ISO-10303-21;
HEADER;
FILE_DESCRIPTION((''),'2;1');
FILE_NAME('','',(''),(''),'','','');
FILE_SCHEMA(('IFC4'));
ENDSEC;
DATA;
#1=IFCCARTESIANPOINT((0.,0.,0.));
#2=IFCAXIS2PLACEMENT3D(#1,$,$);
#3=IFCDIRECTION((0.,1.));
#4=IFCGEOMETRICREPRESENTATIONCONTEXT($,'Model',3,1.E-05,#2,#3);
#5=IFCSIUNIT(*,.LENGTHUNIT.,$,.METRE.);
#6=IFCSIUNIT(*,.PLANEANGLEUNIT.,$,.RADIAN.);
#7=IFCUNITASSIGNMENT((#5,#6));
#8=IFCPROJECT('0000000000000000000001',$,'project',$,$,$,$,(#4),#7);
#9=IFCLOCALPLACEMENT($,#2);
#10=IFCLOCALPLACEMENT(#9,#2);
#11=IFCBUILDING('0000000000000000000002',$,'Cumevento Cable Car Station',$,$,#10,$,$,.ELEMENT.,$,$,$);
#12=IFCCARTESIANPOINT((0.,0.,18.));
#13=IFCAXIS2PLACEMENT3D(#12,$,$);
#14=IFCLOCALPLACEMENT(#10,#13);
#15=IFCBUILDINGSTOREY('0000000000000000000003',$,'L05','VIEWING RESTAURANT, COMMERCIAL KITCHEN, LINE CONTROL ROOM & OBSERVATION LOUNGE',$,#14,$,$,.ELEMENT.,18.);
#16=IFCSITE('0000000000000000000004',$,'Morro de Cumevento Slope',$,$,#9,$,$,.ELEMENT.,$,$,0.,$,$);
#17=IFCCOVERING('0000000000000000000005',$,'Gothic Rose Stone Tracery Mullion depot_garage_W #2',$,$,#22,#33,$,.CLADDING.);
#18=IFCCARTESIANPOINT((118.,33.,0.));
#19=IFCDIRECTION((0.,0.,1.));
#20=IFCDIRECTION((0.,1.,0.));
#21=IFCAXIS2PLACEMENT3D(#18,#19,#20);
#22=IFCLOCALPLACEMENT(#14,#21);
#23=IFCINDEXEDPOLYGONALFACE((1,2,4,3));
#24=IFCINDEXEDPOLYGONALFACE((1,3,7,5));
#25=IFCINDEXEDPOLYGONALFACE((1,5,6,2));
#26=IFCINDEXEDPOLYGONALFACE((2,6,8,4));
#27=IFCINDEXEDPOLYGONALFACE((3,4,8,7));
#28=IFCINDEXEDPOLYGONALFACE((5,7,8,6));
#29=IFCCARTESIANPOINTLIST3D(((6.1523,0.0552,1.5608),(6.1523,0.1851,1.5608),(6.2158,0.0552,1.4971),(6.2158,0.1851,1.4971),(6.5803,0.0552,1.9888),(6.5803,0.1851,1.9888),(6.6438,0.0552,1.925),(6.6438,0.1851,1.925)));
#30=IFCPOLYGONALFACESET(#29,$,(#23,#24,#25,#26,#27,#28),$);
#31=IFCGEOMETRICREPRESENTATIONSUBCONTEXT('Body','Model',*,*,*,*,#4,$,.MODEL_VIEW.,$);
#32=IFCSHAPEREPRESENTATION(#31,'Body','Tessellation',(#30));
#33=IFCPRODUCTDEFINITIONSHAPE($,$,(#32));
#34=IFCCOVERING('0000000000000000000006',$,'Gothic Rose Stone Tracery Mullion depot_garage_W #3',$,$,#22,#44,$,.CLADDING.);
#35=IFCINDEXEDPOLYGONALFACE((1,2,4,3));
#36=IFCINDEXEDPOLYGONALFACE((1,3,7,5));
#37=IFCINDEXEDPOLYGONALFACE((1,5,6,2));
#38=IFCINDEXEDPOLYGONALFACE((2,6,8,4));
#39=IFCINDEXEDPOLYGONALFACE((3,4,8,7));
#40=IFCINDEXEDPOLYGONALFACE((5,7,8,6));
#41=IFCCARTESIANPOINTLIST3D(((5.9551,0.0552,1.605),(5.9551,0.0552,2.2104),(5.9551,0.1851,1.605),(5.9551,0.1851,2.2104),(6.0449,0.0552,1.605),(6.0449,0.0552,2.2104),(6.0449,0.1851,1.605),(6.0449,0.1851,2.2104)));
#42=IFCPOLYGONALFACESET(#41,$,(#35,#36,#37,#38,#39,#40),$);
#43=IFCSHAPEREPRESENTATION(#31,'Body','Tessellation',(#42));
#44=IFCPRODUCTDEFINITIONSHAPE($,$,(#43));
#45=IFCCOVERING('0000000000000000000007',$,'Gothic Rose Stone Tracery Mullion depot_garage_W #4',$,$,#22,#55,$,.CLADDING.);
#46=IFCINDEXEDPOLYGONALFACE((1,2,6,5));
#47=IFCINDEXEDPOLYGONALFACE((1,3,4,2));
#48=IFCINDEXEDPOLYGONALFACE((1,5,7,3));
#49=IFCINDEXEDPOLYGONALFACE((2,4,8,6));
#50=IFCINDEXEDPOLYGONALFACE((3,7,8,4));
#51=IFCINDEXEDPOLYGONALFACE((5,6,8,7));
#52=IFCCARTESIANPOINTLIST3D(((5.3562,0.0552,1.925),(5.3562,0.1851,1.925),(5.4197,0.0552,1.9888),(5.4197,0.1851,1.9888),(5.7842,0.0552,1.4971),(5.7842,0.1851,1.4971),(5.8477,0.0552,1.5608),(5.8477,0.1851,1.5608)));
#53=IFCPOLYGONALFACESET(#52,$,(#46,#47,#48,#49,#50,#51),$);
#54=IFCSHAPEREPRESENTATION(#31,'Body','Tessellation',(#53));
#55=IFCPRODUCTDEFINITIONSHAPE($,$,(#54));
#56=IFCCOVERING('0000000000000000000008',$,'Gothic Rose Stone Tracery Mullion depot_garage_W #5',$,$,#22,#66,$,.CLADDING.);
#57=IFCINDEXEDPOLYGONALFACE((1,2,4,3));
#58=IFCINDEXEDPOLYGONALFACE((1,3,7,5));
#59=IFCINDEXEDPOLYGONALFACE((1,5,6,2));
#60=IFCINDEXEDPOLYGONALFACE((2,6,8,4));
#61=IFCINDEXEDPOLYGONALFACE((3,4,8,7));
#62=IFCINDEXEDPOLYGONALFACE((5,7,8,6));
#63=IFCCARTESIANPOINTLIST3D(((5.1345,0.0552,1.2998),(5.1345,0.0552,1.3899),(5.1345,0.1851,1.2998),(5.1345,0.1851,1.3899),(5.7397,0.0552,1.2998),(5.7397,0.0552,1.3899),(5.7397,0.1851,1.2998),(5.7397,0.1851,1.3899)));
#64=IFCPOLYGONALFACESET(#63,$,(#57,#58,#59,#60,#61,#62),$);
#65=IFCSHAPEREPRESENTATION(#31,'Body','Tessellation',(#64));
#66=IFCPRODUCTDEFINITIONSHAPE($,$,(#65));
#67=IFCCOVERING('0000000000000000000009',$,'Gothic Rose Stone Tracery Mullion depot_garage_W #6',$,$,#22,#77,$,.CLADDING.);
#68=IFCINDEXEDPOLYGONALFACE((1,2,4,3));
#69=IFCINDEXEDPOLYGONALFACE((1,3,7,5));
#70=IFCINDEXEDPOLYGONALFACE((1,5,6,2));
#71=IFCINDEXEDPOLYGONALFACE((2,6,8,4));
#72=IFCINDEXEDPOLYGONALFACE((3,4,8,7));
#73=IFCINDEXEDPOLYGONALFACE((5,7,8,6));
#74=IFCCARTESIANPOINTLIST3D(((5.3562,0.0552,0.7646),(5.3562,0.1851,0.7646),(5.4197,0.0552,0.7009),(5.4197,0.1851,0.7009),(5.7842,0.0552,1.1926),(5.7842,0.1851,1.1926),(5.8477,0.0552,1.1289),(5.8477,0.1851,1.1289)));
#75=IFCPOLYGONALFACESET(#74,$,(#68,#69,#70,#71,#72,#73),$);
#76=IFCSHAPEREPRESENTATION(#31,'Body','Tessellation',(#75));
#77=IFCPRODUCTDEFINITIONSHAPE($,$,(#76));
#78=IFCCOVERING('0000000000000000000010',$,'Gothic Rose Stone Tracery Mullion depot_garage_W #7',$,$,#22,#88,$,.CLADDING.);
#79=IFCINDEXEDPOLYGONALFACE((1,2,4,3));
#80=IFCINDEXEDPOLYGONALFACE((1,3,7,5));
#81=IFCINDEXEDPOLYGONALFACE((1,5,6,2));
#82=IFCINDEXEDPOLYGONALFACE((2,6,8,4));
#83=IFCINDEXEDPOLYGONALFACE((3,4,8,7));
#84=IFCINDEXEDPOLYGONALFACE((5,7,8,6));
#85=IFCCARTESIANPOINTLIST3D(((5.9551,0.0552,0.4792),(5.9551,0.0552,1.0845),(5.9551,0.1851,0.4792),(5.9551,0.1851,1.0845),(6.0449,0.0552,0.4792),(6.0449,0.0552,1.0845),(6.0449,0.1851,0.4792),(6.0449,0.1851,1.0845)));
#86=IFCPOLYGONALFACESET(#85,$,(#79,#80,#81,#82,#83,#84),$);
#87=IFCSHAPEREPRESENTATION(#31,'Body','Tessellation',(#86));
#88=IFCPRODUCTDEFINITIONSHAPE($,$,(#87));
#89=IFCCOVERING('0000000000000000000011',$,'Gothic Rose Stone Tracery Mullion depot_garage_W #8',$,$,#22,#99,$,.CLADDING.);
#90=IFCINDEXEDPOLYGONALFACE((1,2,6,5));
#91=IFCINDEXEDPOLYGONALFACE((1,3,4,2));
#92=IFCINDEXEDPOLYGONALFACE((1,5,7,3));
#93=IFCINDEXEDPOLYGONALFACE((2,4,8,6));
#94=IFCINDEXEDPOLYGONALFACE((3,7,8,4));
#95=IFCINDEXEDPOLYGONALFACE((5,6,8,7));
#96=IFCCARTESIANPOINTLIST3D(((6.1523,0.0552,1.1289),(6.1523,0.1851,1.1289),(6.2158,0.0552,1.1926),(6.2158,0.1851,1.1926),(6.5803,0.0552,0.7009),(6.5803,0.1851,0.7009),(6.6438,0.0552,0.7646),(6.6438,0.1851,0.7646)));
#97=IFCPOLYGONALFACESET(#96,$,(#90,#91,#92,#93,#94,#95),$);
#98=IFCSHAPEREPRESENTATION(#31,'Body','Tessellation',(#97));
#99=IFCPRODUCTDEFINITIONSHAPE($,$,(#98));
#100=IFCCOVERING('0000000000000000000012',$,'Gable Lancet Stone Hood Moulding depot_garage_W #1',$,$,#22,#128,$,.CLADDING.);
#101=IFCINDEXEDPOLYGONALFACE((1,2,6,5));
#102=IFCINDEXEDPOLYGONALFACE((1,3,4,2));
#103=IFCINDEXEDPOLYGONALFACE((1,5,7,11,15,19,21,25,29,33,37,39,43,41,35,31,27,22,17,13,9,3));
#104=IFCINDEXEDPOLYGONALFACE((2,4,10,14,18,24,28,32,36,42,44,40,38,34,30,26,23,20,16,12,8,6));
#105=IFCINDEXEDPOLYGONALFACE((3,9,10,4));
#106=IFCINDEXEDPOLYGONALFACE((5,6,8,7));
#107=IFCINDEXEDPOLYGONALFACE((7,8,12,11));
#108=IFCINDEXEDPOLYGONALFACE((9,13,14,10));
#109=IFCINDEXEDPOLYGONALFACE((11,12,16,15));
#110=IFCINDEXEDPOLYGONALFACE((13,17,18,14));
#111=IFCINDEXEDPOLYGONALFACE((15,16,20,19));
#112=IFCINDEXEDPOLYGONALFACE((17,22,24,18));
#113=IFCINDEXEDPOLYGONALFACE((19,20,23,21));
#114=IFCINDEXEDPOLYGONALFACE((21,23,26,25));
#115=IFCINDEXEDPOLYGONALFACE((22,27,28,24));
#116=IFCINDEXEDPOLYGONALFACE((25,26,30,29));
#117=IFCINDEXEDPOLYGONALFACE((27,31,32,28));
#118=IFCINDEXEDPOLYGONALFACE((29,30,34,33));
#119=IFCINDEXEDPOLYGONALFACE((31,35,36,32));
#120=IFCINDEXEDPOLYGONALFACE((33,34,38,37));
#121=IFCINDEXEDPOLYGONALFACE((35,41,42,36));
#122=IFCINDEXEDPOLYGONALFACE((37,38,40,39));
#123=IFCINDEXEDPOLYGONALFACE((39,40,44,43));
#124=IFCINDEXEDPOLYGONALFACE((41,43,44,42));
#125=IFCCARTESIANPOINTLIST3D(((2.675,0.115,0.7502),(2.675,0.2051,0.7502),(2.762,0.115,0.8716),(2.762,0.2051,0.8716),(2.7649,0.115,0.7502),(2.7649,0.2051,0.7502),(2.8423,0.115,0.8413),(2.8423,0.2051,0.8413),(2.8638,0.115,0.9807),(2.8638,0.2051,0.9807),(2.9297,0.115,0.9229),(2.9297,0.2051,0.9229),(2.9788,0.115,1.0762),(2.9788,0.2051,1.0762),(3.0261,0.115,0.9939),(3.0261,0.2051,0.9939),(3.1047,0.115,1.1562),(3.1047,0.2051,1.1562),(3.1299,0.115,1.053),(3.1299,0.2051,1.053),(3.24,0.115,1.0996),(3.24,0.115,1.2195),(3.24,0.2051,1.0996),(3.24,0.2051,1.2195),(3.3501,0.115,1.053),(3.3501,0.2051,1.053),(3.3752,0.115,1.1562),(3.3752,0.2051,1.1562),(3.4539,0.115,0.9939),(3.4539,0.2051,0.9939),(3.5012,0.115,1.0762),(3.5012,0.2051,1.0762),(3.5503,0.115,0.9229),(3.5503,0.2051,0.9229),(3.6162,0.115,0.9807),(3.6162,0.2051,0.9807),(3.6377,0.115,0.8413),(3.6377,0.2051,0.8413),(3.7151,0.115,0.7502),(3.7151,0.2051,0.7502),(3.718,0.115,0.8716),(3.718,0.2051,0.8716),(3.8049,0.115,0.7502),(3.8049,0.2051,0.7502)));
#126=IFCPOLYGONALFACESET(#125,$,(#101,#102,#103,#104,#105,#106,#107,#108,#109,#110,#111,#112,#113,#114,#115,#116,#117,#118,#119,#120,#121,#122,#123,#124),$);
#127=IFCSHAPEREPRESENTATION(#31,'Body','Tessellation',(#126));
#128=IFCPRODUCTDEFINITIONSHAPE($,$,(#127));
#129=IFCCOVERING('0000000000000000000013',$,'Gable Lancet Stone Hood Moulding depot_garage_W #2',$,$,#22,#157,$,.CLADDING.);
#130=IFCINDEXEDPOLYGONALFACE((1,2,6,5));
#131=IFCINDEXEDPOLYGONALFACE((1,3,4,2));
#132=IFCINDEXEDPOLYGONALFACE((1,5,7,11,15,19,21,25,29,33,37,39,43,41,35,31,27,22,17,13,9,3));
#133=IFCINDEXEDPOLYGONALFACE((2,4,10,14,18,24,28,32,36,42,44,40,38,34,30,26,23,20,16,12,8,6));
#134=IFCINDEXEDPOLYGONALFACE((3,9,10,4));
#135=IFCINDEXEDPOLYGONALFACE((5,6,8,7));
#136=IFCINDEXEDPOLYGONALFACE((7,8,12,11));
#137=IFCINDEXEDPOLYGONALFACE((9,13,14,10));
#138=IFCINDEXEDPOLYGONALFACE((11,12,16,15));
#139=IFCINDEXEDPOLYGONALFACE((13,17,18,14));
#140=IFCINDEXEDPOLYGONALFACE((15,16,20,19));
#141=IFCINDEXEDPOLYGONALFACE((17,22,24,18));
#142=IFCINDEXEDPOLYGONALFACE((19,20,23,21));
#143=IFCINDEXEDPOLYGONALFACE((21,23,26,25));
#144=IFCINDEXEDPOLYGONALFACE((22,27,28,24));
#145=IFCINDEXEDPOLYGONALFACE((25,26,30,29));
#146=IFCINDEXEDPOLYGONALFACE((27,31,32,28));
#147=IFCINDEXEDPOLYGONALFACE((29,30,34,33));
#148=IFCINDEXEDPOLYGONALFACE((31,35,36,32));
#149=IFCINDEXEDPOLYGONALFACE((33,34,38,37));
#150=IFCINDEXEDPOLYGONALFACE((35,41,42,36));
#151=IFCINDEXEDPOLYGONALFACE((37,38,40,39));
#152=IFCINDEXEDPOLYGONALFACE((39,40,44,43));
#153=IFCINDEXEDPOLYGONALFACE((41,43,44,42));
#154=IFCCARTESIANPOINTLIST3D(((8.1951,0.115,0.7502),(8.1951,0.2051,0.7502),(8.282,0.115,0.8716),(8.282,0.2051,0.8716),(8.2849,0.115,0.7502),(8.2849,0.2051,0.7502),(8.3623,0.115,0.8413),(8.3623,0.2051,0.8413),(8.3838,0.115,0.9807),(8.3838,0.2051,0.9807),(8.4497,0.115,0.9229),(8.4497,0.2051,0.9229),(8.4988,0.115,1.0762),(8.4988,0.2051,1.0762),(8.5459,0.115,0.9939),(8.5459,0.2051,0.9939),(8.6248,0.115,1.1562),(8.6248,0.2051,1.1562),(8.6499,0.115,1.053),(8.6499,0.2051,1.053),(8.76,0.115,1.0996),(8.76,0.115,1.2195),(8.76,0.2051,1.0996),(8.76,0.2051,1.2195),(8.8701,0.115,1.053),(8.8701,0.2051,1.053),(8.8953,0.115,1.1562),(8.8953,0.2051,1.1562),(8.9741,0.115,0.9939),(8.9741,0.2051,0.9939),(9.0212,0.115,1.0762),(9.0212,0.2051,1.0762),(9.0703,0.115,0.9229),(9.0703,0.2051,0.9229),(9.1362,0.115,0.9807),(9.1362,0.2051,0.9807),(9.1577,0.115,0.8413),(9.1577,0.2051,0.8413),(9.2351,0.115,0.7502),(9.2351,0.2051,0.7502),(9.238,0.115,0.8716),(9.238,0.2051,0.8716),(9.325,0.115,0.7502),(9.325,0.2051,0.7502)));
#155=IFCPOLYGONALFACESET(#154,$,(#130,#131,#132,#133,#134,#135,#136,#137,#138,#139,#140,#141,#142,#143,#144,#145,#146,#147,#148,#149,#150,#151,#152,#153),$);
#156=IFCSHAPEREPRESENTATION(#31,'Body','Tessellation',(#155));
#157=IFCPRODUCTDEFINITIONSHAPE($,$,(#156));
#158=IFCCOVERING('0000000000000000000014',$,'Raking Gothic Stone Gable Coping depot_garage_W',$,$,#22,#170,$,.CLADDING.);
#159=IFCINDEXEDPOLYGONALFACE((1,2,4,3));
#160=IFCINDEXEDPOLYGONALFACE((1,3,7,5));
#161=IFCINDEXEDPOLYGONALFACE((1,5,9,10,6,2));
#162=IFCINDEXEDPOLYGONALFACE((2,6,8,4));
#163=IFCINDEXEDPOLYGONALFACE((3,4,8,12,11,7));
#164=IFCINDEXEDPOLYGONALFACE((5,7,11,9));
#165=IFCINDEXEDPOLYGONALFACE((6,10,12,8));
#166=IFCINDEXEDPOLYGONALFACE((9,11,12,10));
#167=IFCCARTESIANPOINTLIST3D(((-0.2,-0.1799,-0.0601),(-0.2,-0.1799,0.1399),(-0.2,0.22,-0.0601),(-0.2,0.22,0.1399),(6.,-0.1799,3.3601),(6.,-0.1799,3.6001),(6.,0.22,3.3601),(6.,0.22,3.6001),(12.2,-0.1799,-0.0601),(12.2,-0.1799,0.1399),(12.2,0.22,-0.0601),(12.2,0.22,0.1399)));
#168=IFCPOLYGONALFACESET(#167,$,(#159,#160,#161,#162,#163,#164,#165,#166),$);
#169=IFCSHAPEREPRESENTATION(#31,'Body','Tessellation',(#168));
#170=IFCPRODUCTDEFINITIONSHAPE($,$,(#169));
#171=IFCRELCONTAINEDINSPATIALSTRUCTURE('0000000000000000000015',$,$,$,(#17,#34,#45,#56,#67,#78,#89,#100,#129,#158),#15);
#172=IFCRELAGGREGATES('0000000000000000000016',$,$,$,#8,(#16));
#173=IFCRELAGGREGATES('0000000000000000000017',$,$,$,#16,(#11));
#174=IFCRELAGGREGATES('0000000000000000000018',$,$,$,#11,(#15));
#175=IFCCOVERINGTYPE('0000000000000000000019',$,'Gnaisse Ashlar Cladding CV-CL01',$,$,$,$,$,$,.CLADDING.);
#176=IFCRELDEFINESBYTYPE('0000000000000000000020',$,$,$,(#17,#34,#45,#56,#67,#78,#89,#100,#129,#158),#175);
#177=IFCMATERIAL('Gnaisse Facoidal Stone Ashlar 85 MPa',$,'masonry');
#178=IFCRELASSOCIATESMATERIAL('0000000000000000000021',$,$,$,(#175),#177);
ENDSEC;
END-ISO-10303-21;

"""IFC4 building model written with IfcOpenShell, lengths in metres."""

from ifc_helpers import new_model, si_unit, direction, frame, origin, place, context, subcontext, project, spatial, polyline, outline, extrude, material, type_object, element, save


model = new_model("IFC4")

# Units and contexts
model_context = context("Model", 3, precision=1e-05, world=origin(), true_north=direction((0.0, 1.0)))
body_context = subcontext(model_context, "Body", "Model", "MODEL_VIEW")
ifc_project = project(units=[si_unit("LENGTHUNIT", "METRE"), si_unit("PLANEANGLEUNIT", "RADIAN")], contexts=[model_context])

# Site, building, storey
site_placement = place(None, origin())
site = spatial("IfcSite", under=ifc_project, at=site_placement, Name="Morro de Cumevento Slope", CompositionType="ELEMENT", RefElevation=0.0)
building_placement = place(site_placement, origin())
building = spatial("IfcBuilding", under=site, at=building_placement, Name="Cumevento Cable Car Station", CompositionType="ELEMENT")
storey_placement = place(building_placement, frame((0.0, 0.0, 18.0)))
storey = spatial("IfcBuildingStorey", under=building, at=storey_placement, Name="L05", Description="VIEWING RESTAURANT, COMMERCIAL KITCHEN, LINE CONTROL ROOM & OBSERVATION LOUNGE", CompositionType="ELEMENT", Elevation=18.0)

# Coverings
ifc_material_1 = material(Name="Gnaisse Facoidal Stone Ashlar 85 MPa", Category="masonry")
covering_type = type_object("IfcCoveringType", Name="Gnaisse Ashlar Cladding CV-CL01", PredefinedType="CLADDING", material=ifc_material_1)
placement = place(storey_placement, frame((118.0, 33.0, 0.0), z_axis=(0.0, 0.0, 1.0), x_axis=(0.0, 1.0, 0.0)))
element("IfcCovering", 1, at=placement, inside=storey, type_object=covering_type, Name="Gothic Rose Stone Tracery Mullion depot_garage_W #2", PredefinedType="CLADDING", context=body_context, shape_type="SweptSolid", body=[
    extrude(outline(polyline([(6.1523, 1.5608), (6.5803, 1.9888), (6.6438, 1.925), (6.2158, 1.4971), (6.1523, 1.5608)])), frame((0.0, 0.1851, 0.0), z_axis=(0.0, -1.0, 0.0), x_axis=(1.0, 0.0, 0.0)), (0.0, 0.0, 1.0), 0.1299),
])
element("IfcCovering", 2, at=placement, inside=storey, type_object=covering_type, Name="Gothic Rose Stone Tracery Mullion depot_garage_W #3", PredefinedType="CLADDING", context=body_context, shape_type="SweptSolid", body=[
    extrude(outline(polyline([(5.9551, 1.605), (5.9551, 2.2104), (6.0449, 2.2104), (6.0449, 1.605), (5.9551, 1.605)])), frame((0.0, 0.1851, 0.0), z_axis=(0.0, -1.0, 0.0), x_axis=(1.0, 0.0, 0.0)), (0.0, 0.0, 1.0), 0.1299),
])
element("IfcCovering", 3, at=placement, inside=storey, type_object=covering_type, Name="Gothic Rose Stone Tracery Mullion depot_garage_W #4", PredefinedType="CLADDING", context=body_context, shape_type="SweptSolid", body=[
    extrude(outline(polyline([(5.7842, 1.4971), (5.3562, 1.925), (5.4197, 1.9888), (5.8477, 1.5608), (5.7842, 1.4971)])), frame((0.0, 0.1851, 0.0), z_axis=(0.0, -1.0, 0.0), x_axis=(1.0, 0.0, 0.0)), (0.0, 0.0, 1.0), 0.1299),
])
element("IfcCovering", 4, at=placement, inside=storey, type_object=covering_type, Name="Gothic Rose Stone Tracery Mullion depot_garage_W #5", PredefinedType="CLADDING", context=body_context, shape_type="SweptSolid", body=[
    extrude(outline(polyline([(5.7397, 1.2998), (5.1345, 1.2998), (5.1345, 1.3899), (5.7397, 1.3899), (5.7397, 1.2998)])), frame((0.0, 0.1851, 0.0), z_axis=(0.0, -1.0, 0.0), x_axis=(1.0, 0.0, 0.0)), (0.0, 0.0, 1.0), 0.1299),
])
element("IfcCovering", 5, at=placement, inside=storey, type_object=covering_type, Name="Gothic Rose Stone Tracery Mullion depot_garage_W #6", PredefinedType="CLADDING", context=body_context, shape_type="SweptSolid", body=[
    extrude(outline(polyline([(5.8477, 1.1289), (5.4197, 0.7009), (5.3562, 0.7646), (5.7842, 1.1926), (5.8477, 1.1289)])), frame((0.0, 0.1851, 0.0), z_axis=(0.0, -1.0, 0.0), x_axis=(1.0, 0.0, 0.0)), (0.0, 0.0, 1.0), 0.1299),
])
element("IfcCovering", 6, at=placement, inside=storey, type_object=covering_type, Name="Gothic Rose Stone Tracery Mullion depot_garage_W #7", PredefinedType="CLADDING", context=body_context, shape_type="SweptSolid", body=[
    extrude(outline(polyline([(6.0449, 1.0845), (6.0449, 0.4792), (5.9551, 0.4792), (5.9551, 1.0845), (6.0449, 1.0845)])), frame((0.0, 0.1851, 0.0), z_axis=(0.0, -1.0, 0.0), x_axis=(1.0, 0.0, 0.0)), (0.0, 0.0, 1.0), 0.1299),
])
element("IfcCovering", 7, at=placement, inside=storey, type_object=covering_type, Name="Gothic Rose Stone Tracery Mullion depot_garage_W #8", PredefinedType="CLADDING", context=body_context, shape_type="SweptSolid", body=[
    extrude(outline(polyline([(6.2158, 1.1926), (6.6438, 0.7646), (6.5803, 0.7009), (6.1523, 1.1289), (6.2158, 1.1926)])), frame((0.0, 0.1851, 0.0), z_axis=(0.0, -1.0, 0.0), x_axis=(1.0, 0.0, 0.0)), (0.0, 0.0, 1.0), 0.1299),
])
element("IfcCovering", 8, at=placement, inside=storey, type_object=covering_type, Name="Gable Lancet Stone Hood Moulding depot_garage_W #1", PredefinedType="CLADDING", context=body_context, shape_type="SweptSolid", body=[
    extrude(outline(polyline([(2.7649, 0.7502), (2.8423, 0.8413), (2.9297, 0.9229), (3.0261, 0.9939), (3.1299, 1.053), (3.24, 1.0996), (3.3501, 1.053), (3.4539, 0.9939), (3.5503, 0.9229), (3.6377, 0.8413), (3.7151, 0.7502), (3.8049, 0.7502), (3.718, 0.8716), (3.6162, 0.9807), (3.5012, 1.0762), (3.3752, 1.1562), (3.24, 1.2195), (3.1047, 1.1562), (2.9788, 1.0762), (2.8638, 0.9807), (2.762, 0.8716), (2.675, 0.7502), (2.7649, 0.7502)])), frame((0.0, 0.2051, 0.0), z_axis=(0.0, -1.0, 0.0), x_axis=(1.0, 0.0, 0.0)), (0.0, 0.0, 1.0), 0.0901),
])
element("IfcCovering", 9, at=placement, inside=storey, type_object=covering_type, Name="Gable Lancet Stone Hood Moulding depot_garage_W #2", PredefinedType="CLADDING", context=body_context, shape_type="SweptSolid", body=[
    extrude(outline(polyline([(8.2849, 0.7502), (8.3623, 0.8413), (8.4497, 0.9229), (8.5459, 0.9939), (8.6499, 1.053), (8.76, 1.0996), (8.8701, 1.053), (8.9741, 0.9939), (9.0703, 0.9229), (9.1577, 0.8413), (9.2351, 0.7502), (9.325, 0.7502), (9.238, 0.8716), (9.1362, 0.9807), (9.0212, 1.0762), (8.8953, 1.1562), (8.76, 1.2195), (8.6248, 1.1562), (8.4988, 1.0762), (8.3838, 0.9807), (8.282, 0.8716), (8.1951, 0.7502), (8.2849, 0.7502)])), frame((0.0, 0.2051, 0.0), z_axis=(0.0, -1.0, 0.0), x_axis=(1.0, 0.0, 0.0)), (0.0, 0.0, 1.0), 0.0901),
])
element("IfcCovering", 10, at=placement, inside=storey, type_object=covering_type, Name="Raking Gothic Stone Gable Coping depot_garage_W", PredefinedType="CLADDING", context=body_context, shape_type="SweptSolid", body=[
    extrude(outline(polyline([(-0.2, -0.0601), (6.0, 3.3601), (12.2, -0.0601), (12.2, 0.1399), (6.0, 3.6001), (-0.2, 0.1399), (-0.2, -0.0601)])), frame((0.0, 0.22, 0.0), z_axis=(0.0, -1.0, 0.0), x_axis=(1.0, 0.0, 0.0)), (0.0, 0.0, 1.0), 0.3999),
])

save(model, "model.ifc")
